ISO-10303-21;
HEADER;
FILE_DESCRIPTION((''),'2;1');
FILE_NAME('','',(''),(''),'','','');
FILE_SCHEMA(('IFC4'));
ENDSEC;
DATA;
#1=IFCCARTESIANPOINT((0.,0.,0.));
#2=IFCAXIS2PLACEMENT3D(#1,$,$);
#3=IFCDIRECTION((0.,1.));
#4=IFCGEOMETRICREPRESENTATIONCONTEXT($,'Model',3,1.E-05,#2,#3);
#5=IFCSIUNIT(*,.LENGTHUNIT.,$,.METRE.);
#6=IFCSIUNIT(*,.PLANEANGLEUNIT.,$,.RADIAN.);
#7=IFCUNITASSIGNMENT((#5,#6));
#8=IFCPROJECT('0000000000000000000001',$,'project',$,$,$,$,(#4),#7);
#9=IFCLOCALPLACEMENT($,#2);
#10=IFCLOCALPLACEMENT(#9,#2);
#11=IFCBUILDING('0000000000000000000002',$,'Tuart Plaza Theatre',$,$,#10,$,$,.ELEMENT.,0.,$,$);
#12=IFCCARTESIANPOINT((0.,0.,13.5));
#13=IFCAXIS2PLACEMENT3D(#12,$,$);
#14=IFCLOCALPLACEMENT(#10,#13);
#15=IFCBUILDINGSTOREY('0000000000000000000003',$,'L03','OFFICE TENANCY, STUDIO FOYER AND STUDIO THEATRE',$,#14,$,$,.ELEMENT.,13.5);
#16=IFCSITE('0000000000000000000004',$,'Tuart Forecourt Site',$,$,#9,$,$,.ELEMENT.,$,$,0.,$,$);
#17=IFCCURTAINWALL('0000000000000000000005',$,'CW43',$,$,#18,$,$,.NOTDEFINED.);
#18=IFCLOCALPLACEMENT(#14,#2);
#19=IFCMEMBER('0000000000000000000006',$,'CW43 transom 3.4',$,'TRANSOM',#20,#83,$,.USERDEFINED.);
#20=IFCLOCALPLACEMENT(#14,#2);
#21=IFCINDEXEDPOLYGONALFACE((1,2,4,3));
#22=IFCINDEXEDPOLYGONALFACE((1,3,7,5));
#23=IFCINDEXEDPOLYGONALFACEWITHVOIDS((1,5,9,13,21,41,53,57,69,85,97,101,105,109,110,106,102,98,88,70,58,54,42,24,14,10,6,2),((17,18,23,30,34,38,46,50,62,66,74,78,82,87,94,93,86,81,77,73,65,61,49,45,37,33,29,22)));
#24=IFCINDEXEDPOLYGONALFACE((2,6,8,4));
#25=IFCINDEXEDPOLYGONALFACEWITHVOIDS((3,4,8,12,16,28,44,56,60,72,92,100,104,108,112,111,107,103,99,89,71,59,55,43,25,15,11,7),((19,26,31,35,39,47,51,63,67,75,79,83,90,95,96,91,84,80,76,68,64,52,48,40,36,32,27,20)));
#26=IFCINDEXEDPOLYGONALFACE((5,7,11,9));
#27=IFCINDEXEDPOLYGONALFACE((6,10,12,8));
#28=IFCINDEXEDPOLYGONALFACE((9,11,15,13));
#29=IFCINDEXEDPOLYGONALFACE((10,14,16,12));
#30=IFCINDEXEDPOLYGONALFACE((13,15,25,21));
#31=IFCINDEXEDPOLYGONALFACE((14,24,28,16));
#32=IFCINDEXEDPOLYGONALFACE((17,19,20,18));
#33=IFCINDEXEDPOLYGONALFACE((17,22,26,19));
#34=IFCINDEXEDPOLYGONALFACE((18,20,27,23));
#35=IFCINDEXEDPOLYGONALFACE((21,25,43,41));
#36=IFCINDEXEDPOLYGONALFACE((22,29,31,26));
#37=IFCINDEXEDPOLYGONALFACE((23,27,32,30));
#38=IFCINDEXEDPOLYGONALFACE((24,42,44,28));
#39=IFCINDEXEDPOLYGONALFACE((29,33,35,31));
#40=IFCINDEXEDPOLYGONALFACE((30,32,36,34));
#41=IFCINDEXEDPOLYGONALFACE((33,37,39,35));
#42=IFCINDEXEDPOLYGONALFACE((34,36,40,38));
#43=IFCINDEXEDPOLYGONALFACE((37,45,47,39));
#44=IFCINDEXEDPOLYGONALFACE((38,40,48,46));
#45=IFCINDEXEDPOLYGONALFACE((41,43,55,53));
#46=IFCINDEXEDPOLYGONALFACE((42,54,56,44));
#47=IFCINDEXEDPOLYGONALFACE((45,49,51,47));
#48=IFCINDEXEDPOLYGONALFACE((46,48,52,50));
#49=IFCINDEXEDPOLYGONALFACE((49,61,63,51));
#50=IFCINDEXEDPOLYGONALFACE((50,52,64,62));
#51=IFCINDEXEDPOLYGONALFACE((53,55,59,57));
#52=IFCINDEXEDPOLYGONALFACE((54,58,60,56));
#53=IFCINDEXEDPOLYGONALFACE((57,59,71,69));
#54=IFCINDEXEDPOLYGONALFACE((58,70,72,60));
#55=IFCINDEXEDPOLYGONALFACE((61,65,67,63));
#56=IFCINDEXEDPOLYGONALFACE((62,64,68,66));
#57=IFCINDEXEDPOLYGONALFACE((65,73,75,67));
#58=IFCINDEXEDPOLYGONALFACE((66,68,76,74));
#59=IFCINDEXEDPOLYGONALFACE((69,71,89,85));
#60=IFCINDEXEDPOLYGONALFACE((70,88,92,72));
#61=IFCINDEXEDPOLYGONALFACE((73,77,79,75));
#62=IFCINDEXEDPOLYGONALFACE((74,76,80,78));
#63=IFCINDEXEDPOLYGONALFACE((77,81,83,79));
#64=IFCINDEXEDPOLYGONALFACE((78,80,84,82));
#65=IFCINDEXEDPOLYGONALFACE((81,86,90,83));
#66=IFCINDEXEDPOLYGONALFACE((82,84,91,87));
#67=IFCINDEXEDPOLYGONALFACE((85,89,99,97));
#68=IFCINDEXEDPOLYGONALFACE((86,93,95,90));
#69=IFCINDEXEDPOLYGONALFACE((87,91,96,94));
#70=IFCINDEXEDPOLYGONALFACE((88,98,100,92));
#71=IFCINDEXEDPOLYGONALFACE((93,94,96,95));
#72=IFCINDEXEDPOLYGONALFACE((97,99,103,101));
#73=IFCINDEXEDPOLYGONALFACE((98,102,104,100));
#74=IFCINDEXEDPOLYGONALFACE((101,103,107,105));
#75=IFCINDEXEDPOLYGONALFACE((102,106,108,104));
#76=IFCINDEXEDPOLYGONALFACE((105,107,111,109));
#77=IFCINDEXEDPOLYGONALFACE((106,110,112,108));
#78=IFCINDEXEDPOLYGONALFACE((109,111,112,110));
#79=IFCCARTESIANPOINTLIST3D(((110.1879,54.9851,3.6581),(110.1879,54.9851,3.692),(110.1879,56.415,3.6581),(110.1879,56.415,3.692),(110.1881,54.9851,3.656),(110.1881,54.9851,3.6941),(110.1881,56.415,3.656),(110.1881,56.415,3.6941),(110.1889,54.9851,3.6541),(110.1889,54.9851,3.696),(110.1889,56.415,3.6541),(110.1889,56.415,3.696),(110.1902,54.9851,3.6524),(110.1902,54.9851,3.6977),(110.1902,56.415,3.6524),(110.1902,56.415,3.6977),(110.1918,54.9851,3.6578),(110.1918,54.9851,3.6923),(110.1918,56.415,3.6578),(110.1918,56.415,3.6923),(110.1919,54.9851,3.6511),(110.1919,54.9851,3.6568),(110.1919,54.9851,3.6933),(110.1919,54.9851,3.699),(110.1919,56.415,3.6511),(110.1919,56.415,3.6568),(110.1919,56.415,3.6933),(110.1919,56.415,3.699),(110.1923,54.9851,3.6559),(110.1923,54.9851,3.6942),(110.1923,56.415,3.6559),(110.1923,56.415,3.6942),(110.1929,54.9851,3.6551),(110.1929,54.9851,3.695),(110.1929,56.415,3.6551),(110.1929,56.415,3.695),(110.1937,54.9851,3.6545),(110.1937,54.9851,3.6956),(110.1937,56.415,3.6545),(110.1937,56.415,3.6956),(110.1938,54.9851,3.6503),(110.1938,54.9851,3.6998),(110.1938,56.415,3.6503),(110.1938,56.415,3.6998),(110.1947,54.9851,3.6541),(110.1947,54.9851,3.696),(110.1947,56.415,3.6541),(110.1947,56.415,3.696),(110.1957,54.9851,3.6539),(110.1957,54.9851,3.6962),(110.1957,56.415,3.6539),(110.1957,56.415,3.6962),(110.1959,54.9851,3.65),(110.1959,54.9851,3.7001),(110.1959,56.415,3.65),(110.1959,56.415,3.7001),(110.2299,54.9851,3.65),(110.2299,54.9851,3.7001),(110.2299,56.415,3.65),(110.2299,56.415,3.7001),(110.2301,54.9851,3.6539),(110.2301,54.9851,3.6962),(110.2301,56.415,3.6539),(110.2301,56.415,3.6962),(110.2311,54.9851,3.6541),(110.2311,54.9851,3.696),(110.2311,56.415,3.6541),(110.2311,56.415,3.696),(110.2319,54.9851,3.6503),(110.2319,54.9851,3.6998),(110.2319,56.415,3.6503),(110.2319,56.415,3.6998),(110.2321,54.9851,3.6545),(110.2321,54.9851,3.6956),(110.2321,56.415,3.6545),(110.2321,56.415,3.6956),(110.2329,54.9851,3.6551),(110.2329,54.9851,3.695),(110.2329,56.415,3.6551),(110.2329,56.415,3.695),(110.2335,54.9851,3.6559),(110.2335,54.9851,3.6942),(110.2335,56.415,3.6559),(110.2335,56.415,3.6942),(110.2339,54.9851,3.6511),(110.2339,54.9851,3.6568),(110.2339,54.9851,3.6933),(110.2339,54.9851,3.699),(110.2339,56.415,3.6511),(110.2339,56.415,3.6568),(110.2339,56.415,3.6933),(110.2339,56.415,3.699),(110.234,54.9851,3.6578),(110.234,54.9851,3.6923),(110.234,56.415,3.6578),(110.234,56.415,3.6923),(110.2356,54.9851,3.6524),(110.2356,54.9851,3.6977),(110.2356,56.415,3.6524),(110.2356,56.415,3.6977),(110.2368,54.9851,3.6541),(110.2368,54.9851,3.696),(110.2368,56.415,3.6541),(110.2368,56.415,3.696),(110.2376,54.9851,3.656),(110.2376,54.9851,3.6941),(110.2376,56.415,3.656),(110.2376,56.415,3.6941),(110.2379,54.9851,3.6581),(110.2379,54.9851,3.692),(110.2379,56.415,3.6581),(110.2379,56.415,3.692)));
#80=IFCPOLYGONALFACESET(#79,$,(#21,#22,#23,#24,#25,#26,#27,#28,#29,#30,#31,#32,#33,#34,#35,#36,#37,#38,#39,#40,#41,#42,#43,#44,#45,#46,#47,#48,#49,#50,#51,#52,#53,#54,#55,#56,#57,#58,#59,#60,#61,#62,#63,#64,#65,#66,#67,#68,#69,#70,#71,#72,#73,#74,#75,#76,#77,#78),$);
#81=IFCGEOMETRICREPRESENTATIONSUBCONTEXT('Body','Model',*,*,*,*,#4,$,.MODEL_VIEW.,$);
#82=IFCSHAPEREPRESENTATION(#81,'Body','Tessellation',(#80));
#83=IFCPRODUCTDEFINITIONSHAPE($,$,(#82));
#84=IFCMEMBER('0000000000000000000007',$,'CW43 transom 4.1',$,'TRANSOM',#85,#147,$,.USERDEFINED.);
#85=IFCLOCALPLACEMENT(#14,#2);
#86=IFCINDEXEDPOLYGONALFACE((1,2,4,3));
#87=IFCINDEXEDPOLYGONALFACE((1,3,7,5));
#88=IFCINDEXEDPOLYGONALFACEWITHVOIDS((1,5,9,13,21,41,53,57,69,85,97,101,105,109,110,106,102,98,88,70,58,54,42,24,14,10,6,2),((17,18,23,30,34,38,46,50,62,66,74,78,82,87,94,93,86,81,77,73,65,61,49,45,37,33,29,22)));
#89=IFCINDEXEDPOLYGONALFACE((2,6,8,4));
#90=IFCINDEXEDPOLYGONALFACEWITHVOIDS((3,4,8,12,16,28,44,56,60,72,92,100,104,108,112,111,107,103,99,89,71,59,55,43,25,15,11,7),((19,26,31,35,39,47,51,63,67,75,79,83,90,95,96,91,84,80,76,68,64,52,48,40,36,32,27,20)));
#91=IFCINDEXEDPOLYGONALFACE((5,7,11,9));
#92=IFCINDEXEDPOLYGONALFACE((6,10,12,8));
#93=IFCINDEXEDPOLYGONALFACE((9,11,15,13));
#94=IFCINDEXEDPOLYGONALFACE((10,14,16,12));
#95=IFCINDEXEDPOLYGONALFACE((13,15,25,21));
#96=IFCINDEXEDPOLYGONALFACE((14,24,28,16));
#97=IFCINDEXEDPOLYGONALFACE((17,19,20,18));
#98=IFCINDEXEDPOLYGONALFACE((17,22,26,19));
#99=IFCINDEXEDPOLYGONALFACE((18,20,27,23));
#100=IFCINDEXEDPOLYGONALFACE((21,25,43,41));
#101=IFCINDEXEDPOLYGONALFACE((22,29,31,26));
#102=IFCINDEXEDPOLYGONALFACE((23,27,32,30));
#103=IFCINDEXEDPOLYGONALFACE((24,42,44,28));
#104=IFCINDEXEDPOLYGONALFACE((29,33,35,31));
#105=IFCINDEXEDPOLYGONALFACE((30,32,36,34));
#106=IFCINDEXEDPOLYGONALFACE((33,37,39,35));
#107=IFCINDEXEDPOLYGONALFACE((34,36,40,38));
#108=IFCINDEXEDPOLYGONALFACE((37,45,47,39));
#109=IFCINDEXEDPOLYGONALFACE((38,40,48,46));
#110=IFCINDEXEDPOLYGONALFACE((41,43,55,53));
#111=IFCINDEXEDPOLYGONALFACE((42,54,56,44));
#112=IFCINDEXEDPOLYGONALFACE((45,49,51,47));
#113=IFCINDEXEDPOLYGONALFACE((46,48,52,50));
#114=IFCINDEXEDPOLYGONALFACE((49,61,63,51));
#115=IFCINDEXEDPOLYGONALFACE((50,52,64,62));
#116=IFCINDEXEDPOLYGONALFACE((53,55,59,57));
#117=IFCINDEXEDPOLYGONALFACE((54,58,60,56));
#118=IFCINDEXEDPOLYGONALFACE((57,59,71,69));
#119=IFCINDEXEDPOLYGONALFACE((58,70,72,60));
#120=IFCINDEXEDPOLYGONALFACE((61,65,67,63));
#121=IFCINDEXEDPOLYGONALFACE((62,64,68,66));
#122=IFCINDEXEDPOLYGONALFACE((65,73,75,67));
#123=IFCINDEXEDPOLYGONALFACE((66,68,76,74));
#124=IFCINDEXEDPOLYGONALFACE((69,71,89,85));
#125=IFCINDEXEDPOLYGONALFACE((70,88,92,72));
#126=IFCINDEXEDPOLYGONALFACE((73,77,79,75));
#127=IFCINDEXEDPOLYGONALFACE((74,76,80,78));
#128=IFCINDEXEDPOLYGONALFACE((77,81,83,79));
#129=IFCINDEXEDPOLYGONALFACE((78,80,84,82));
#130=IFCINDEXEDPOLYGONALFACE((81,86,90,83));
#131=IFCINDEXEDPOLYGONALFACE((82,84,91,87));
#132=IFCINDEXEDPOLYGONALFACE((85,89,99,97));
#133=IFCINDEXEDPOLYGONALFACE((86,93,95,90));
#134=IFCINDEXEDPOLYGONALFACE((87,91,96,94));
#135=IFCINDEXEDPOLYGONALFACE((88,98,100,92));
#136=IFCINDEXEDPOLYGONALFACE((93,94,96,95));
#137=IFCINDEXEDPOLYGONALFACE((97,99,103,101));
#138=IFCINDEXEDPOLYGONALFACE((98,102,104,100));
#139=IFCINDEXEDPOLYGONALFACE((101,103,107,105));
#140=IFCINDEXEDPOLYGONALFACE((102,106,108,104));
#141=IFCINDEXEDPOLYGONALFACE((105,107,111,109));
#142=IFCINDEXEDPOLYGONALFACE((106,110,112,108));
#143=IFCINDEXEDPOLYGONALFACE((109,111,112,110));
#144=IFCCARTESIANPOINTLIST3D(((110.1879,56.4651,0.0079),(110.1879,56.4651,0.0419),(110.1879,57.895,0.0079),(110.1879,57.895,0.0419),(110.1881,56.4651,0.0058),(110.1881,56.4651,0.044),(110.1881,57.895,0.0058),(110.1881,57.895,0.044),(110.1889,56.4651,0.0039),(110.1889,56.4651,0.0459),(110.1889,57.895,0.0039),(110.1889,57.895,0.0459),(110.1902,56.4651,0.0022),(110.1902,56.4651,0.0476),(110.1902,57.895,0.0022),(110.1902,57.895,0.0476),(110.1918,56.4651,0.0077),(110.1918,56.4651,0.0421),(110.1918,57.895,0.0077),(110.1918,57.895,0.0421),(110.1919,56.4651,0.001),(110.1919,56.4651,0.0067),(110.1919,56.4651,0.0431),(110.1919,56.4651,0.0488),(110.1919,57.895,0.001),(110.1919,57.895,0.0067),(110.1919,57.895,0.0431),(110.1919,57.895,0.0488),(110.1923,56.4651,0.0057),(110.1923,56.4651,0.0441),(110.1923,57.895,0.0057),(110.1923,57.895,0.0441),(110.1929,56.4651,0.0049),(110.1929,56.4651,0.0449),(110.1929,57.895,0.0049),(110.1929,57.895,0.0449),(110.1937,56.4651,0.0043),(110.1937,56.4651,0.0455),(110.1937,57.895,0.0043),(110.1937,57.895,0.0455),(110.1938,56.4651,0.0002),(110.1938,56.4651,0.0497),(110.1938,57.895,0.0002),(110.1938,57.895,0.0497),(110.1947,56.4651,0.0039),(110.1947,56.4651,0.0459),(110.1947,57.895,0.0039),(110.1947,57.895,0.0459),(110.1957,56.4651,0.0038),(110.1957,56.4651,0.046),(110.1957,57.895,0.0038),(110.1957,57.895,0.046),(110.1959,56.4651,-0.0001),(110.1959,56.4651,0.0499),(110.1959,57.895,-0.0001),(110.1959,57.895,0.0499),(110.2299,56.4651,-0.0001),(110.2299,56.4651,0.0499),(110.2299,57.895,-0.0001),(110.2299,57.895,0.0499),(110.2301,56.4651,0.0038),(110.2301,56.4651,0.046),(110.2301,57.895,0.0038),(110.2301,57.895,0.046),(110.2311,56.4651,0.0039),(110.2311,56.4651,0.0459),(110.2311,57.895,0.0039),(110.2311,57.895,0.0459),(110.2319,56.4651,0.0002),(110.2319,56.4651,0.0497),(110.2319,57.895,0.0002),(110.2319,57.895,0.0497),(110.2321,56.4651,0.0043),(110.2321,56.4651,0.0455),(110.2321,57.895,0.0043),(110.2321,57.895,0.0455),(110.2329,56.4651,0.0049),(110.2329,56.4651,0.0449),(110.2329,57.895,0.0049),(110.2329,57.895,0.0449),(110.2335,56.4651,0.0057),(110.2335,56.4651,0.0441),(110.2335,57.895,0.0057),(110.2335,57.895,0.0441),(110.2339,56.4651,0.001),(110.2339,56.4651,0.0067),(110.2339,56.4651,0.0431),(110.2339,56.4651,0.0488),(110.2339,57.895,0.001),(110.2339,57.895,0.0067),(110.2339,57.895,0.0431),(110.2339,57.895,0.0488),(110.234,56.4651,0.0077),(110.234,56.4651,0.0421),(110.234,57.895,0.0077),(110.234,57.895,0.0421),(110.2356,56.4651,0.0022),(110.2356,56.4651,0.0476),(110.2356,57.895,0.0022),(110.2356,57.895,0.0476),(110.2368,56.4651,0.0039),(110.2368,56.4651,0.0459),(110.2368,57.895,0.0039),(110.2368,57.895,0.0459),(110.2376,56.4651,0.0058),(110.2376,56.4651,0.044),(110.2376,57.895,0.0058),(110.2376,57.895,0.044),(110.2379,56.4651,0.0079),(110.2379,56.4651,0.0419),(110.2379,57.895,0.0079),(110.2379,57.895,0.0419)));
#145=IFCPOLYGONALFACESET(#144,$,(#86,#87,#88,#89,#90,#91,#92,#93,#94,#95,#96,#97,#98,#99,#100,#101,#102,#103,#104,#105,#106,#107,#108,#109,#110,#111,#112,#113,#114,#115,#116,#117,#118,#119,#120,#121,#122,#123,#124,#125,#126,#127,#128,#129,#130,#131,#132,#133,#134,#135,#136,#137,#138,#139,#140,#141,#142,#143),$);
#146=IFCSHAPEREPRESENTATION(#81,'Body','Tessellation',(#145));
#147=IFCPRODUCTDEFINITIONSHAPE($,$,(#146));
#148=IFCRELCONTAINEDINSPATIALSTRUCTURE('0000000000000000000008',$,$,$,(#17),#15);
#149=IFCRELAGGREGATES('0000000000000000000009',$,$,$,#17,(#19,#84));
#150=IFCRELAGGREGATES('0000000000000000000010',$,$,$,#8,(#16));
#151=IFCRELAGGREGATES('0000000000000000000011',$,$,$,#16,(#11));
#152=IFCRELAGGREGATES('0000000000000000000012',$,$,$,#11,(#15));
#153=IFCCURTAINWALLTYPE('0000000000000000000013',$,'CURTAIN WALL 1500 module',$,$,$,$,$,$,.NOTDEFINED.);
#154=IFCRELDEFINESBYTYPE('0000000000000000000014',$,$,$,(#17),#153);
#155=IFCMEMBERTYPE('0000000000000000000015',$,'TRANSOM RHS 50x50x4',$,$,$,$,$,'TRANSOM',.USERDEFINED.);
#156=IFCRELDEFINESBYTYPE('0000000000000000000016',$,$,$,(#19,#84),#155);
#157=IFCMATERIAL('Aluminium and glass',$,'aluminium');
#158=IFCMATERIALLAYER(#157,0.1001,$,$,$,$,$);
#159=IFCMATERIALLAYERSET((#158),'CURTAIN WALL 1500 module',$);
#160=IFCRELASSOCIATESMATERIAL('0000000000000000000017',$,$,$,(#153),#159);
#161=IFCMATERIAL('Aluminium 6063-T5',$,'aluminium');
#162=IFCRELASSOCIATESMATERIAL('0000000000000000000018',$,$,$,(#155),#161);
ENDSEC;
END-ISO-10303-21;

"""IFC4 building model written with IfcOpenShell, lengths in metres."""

from ifc_helpers import new_model, si_unit, direction, frame, origin, origin_2d, place, context, subcontext, project, spatial, hollow_rectangle, extrude, material, layer, layer_set, material_profile, profile_set, type_object, element, aggregate, save


model = new_model("IFC4")

# Units and contexts
model_context = context("Model", 3, precision=1e-05, world=origin(), true_north=direction((0.0, 1.0)))
body_context = subcontext(model_context, "Body", "Model", "MODEL_VIEW")
ifc_project = project(units=[si_unit("LENGTHUNIT", "METRE"), si_unit("PLANEANGLEUNIT", "RADIAN")], contexts=[model_context])

# Site, building, storey
site_placement = place(None, origin())
site = spatial("IfcSite", under=ifc_project, at=site_placement, Name="Tuart Forecourt Site", CompositionType="ELEMENT", RefElevation=0.0)
building_placement = place(site_placement, origin())
building = spatial("IfcBuilding", under=site, at=building_placement, Name="Tuart Plaza Theatre", CompositionType="ELEMENT", ElevationOfRefHeight=0.0)
storey_placement = place(building_placement, frame((0.0, 0.0, 13.5)))
storey = spatial("IfcBuildingStorey", under=building, at=storey_placement, Name="L03", Description="OFFICE TENANCY, STUDIO FOYER AND STUDIO THEATRE", CompositionType="ELEMENT", Elevation=13.5)

# Curtain wall, members
ifc_material_1 = material(Name="Aluminium and glass", Category="aluminium")
ifc_layer_1 = layer(ifc_material_1, 0.1001)
ifc_layer_set_1 = layer_set([ifc_layer_1], Name="CURTAIN WALL 1500 module")
curtain_wall_type = type_object("IfcCurtainWallType", Name="CURTAIN WALL 1500 module", PredefinedType="NOTDEFINED", material=ifc_layer_set_1)
curtain_wall_placement = place(storey_placement, origin())
curtain_wall = element("IfcCurtainWall", 1, at=curtain_wall_placement, inside=storey, type_object=curtain_wall_type, Name="CW43", PredefinedType="NOTDEFINED")
ifc_material_2 = material(Name="Aluminium 6063-T5", Category="aluminium")
ifc_material_profile_1 = material_profile(ifc_material_2, hollow_rectangle(XDim=0.05, YDim=0.05, WallThickness=0.0039, InnerFilletRadius=0.0039, OuterFilletRadius=0.0081, at=origin_2d()), Name="RHS 50x50x4")
ifc_profile_set_1 = profile_set([ifc_material_profile_1], Name="Aluminium 6063-T5")
member_type_1 = type_object("IfcMemberType", Name="TRANSOM RHS 50x50x4", ElementType="TRANSOM", PredefinedType="USERDEFINED", material=ifc_profile_set_1)
member_1_placement = place(storey_placement, frame((110.2129, 54.9851, 3.675), z_axis=(0.0, 1.0, 0.0), x_axis=(-1.0, 0.0, 0.0)))
member_1 = element("IfcMember", 2, at=member_1_placement, type_object=member_type_1, Name="CW43 transom 3.4", ObjectType="TRANSOM", PredefinedType="USERDEFINED", context=body_context, shape_type="SweptSolid", body=[
    extrude(hollow_rectangle(XDim=0.05, YDim=0.05, WallThickness=0.0039, InnerFilletRadius=0.0039, OuterFilletRadius=0.0081, at=origin_2d()), origin(), (0.0, 0.0, 1.0), 1.4299),
])
member_2_placement = place(storey_placement, frame((110.2129, 56.4651, 0.0249), z_axis=(0.0, 1.0, 0.0), x_axis=(-1.0, 0.0, 0.0)))
member_2 = element("IfcMember", 3, at=member_2_placement, type_object=member_type_1, Name="CW43 transom 4.1", ObjectType="TRANSOM", PredefinedType="USERDEFINED", context=body_context, shape_type="SweptSolid", body=[
    extrude(hollow_rectangle(XDim=0.05, YDim=0.05, WallThickness=0.0039, InnerFilletRadius=0.0039, OuterFilletRadius=0.0081, at=origin_2d()), origin(), (0.0, 0.0, 1.0), 1.4299),
])
aggregate(curtain_wall, [member_1, member_2])

save(model, "model.ifc")
